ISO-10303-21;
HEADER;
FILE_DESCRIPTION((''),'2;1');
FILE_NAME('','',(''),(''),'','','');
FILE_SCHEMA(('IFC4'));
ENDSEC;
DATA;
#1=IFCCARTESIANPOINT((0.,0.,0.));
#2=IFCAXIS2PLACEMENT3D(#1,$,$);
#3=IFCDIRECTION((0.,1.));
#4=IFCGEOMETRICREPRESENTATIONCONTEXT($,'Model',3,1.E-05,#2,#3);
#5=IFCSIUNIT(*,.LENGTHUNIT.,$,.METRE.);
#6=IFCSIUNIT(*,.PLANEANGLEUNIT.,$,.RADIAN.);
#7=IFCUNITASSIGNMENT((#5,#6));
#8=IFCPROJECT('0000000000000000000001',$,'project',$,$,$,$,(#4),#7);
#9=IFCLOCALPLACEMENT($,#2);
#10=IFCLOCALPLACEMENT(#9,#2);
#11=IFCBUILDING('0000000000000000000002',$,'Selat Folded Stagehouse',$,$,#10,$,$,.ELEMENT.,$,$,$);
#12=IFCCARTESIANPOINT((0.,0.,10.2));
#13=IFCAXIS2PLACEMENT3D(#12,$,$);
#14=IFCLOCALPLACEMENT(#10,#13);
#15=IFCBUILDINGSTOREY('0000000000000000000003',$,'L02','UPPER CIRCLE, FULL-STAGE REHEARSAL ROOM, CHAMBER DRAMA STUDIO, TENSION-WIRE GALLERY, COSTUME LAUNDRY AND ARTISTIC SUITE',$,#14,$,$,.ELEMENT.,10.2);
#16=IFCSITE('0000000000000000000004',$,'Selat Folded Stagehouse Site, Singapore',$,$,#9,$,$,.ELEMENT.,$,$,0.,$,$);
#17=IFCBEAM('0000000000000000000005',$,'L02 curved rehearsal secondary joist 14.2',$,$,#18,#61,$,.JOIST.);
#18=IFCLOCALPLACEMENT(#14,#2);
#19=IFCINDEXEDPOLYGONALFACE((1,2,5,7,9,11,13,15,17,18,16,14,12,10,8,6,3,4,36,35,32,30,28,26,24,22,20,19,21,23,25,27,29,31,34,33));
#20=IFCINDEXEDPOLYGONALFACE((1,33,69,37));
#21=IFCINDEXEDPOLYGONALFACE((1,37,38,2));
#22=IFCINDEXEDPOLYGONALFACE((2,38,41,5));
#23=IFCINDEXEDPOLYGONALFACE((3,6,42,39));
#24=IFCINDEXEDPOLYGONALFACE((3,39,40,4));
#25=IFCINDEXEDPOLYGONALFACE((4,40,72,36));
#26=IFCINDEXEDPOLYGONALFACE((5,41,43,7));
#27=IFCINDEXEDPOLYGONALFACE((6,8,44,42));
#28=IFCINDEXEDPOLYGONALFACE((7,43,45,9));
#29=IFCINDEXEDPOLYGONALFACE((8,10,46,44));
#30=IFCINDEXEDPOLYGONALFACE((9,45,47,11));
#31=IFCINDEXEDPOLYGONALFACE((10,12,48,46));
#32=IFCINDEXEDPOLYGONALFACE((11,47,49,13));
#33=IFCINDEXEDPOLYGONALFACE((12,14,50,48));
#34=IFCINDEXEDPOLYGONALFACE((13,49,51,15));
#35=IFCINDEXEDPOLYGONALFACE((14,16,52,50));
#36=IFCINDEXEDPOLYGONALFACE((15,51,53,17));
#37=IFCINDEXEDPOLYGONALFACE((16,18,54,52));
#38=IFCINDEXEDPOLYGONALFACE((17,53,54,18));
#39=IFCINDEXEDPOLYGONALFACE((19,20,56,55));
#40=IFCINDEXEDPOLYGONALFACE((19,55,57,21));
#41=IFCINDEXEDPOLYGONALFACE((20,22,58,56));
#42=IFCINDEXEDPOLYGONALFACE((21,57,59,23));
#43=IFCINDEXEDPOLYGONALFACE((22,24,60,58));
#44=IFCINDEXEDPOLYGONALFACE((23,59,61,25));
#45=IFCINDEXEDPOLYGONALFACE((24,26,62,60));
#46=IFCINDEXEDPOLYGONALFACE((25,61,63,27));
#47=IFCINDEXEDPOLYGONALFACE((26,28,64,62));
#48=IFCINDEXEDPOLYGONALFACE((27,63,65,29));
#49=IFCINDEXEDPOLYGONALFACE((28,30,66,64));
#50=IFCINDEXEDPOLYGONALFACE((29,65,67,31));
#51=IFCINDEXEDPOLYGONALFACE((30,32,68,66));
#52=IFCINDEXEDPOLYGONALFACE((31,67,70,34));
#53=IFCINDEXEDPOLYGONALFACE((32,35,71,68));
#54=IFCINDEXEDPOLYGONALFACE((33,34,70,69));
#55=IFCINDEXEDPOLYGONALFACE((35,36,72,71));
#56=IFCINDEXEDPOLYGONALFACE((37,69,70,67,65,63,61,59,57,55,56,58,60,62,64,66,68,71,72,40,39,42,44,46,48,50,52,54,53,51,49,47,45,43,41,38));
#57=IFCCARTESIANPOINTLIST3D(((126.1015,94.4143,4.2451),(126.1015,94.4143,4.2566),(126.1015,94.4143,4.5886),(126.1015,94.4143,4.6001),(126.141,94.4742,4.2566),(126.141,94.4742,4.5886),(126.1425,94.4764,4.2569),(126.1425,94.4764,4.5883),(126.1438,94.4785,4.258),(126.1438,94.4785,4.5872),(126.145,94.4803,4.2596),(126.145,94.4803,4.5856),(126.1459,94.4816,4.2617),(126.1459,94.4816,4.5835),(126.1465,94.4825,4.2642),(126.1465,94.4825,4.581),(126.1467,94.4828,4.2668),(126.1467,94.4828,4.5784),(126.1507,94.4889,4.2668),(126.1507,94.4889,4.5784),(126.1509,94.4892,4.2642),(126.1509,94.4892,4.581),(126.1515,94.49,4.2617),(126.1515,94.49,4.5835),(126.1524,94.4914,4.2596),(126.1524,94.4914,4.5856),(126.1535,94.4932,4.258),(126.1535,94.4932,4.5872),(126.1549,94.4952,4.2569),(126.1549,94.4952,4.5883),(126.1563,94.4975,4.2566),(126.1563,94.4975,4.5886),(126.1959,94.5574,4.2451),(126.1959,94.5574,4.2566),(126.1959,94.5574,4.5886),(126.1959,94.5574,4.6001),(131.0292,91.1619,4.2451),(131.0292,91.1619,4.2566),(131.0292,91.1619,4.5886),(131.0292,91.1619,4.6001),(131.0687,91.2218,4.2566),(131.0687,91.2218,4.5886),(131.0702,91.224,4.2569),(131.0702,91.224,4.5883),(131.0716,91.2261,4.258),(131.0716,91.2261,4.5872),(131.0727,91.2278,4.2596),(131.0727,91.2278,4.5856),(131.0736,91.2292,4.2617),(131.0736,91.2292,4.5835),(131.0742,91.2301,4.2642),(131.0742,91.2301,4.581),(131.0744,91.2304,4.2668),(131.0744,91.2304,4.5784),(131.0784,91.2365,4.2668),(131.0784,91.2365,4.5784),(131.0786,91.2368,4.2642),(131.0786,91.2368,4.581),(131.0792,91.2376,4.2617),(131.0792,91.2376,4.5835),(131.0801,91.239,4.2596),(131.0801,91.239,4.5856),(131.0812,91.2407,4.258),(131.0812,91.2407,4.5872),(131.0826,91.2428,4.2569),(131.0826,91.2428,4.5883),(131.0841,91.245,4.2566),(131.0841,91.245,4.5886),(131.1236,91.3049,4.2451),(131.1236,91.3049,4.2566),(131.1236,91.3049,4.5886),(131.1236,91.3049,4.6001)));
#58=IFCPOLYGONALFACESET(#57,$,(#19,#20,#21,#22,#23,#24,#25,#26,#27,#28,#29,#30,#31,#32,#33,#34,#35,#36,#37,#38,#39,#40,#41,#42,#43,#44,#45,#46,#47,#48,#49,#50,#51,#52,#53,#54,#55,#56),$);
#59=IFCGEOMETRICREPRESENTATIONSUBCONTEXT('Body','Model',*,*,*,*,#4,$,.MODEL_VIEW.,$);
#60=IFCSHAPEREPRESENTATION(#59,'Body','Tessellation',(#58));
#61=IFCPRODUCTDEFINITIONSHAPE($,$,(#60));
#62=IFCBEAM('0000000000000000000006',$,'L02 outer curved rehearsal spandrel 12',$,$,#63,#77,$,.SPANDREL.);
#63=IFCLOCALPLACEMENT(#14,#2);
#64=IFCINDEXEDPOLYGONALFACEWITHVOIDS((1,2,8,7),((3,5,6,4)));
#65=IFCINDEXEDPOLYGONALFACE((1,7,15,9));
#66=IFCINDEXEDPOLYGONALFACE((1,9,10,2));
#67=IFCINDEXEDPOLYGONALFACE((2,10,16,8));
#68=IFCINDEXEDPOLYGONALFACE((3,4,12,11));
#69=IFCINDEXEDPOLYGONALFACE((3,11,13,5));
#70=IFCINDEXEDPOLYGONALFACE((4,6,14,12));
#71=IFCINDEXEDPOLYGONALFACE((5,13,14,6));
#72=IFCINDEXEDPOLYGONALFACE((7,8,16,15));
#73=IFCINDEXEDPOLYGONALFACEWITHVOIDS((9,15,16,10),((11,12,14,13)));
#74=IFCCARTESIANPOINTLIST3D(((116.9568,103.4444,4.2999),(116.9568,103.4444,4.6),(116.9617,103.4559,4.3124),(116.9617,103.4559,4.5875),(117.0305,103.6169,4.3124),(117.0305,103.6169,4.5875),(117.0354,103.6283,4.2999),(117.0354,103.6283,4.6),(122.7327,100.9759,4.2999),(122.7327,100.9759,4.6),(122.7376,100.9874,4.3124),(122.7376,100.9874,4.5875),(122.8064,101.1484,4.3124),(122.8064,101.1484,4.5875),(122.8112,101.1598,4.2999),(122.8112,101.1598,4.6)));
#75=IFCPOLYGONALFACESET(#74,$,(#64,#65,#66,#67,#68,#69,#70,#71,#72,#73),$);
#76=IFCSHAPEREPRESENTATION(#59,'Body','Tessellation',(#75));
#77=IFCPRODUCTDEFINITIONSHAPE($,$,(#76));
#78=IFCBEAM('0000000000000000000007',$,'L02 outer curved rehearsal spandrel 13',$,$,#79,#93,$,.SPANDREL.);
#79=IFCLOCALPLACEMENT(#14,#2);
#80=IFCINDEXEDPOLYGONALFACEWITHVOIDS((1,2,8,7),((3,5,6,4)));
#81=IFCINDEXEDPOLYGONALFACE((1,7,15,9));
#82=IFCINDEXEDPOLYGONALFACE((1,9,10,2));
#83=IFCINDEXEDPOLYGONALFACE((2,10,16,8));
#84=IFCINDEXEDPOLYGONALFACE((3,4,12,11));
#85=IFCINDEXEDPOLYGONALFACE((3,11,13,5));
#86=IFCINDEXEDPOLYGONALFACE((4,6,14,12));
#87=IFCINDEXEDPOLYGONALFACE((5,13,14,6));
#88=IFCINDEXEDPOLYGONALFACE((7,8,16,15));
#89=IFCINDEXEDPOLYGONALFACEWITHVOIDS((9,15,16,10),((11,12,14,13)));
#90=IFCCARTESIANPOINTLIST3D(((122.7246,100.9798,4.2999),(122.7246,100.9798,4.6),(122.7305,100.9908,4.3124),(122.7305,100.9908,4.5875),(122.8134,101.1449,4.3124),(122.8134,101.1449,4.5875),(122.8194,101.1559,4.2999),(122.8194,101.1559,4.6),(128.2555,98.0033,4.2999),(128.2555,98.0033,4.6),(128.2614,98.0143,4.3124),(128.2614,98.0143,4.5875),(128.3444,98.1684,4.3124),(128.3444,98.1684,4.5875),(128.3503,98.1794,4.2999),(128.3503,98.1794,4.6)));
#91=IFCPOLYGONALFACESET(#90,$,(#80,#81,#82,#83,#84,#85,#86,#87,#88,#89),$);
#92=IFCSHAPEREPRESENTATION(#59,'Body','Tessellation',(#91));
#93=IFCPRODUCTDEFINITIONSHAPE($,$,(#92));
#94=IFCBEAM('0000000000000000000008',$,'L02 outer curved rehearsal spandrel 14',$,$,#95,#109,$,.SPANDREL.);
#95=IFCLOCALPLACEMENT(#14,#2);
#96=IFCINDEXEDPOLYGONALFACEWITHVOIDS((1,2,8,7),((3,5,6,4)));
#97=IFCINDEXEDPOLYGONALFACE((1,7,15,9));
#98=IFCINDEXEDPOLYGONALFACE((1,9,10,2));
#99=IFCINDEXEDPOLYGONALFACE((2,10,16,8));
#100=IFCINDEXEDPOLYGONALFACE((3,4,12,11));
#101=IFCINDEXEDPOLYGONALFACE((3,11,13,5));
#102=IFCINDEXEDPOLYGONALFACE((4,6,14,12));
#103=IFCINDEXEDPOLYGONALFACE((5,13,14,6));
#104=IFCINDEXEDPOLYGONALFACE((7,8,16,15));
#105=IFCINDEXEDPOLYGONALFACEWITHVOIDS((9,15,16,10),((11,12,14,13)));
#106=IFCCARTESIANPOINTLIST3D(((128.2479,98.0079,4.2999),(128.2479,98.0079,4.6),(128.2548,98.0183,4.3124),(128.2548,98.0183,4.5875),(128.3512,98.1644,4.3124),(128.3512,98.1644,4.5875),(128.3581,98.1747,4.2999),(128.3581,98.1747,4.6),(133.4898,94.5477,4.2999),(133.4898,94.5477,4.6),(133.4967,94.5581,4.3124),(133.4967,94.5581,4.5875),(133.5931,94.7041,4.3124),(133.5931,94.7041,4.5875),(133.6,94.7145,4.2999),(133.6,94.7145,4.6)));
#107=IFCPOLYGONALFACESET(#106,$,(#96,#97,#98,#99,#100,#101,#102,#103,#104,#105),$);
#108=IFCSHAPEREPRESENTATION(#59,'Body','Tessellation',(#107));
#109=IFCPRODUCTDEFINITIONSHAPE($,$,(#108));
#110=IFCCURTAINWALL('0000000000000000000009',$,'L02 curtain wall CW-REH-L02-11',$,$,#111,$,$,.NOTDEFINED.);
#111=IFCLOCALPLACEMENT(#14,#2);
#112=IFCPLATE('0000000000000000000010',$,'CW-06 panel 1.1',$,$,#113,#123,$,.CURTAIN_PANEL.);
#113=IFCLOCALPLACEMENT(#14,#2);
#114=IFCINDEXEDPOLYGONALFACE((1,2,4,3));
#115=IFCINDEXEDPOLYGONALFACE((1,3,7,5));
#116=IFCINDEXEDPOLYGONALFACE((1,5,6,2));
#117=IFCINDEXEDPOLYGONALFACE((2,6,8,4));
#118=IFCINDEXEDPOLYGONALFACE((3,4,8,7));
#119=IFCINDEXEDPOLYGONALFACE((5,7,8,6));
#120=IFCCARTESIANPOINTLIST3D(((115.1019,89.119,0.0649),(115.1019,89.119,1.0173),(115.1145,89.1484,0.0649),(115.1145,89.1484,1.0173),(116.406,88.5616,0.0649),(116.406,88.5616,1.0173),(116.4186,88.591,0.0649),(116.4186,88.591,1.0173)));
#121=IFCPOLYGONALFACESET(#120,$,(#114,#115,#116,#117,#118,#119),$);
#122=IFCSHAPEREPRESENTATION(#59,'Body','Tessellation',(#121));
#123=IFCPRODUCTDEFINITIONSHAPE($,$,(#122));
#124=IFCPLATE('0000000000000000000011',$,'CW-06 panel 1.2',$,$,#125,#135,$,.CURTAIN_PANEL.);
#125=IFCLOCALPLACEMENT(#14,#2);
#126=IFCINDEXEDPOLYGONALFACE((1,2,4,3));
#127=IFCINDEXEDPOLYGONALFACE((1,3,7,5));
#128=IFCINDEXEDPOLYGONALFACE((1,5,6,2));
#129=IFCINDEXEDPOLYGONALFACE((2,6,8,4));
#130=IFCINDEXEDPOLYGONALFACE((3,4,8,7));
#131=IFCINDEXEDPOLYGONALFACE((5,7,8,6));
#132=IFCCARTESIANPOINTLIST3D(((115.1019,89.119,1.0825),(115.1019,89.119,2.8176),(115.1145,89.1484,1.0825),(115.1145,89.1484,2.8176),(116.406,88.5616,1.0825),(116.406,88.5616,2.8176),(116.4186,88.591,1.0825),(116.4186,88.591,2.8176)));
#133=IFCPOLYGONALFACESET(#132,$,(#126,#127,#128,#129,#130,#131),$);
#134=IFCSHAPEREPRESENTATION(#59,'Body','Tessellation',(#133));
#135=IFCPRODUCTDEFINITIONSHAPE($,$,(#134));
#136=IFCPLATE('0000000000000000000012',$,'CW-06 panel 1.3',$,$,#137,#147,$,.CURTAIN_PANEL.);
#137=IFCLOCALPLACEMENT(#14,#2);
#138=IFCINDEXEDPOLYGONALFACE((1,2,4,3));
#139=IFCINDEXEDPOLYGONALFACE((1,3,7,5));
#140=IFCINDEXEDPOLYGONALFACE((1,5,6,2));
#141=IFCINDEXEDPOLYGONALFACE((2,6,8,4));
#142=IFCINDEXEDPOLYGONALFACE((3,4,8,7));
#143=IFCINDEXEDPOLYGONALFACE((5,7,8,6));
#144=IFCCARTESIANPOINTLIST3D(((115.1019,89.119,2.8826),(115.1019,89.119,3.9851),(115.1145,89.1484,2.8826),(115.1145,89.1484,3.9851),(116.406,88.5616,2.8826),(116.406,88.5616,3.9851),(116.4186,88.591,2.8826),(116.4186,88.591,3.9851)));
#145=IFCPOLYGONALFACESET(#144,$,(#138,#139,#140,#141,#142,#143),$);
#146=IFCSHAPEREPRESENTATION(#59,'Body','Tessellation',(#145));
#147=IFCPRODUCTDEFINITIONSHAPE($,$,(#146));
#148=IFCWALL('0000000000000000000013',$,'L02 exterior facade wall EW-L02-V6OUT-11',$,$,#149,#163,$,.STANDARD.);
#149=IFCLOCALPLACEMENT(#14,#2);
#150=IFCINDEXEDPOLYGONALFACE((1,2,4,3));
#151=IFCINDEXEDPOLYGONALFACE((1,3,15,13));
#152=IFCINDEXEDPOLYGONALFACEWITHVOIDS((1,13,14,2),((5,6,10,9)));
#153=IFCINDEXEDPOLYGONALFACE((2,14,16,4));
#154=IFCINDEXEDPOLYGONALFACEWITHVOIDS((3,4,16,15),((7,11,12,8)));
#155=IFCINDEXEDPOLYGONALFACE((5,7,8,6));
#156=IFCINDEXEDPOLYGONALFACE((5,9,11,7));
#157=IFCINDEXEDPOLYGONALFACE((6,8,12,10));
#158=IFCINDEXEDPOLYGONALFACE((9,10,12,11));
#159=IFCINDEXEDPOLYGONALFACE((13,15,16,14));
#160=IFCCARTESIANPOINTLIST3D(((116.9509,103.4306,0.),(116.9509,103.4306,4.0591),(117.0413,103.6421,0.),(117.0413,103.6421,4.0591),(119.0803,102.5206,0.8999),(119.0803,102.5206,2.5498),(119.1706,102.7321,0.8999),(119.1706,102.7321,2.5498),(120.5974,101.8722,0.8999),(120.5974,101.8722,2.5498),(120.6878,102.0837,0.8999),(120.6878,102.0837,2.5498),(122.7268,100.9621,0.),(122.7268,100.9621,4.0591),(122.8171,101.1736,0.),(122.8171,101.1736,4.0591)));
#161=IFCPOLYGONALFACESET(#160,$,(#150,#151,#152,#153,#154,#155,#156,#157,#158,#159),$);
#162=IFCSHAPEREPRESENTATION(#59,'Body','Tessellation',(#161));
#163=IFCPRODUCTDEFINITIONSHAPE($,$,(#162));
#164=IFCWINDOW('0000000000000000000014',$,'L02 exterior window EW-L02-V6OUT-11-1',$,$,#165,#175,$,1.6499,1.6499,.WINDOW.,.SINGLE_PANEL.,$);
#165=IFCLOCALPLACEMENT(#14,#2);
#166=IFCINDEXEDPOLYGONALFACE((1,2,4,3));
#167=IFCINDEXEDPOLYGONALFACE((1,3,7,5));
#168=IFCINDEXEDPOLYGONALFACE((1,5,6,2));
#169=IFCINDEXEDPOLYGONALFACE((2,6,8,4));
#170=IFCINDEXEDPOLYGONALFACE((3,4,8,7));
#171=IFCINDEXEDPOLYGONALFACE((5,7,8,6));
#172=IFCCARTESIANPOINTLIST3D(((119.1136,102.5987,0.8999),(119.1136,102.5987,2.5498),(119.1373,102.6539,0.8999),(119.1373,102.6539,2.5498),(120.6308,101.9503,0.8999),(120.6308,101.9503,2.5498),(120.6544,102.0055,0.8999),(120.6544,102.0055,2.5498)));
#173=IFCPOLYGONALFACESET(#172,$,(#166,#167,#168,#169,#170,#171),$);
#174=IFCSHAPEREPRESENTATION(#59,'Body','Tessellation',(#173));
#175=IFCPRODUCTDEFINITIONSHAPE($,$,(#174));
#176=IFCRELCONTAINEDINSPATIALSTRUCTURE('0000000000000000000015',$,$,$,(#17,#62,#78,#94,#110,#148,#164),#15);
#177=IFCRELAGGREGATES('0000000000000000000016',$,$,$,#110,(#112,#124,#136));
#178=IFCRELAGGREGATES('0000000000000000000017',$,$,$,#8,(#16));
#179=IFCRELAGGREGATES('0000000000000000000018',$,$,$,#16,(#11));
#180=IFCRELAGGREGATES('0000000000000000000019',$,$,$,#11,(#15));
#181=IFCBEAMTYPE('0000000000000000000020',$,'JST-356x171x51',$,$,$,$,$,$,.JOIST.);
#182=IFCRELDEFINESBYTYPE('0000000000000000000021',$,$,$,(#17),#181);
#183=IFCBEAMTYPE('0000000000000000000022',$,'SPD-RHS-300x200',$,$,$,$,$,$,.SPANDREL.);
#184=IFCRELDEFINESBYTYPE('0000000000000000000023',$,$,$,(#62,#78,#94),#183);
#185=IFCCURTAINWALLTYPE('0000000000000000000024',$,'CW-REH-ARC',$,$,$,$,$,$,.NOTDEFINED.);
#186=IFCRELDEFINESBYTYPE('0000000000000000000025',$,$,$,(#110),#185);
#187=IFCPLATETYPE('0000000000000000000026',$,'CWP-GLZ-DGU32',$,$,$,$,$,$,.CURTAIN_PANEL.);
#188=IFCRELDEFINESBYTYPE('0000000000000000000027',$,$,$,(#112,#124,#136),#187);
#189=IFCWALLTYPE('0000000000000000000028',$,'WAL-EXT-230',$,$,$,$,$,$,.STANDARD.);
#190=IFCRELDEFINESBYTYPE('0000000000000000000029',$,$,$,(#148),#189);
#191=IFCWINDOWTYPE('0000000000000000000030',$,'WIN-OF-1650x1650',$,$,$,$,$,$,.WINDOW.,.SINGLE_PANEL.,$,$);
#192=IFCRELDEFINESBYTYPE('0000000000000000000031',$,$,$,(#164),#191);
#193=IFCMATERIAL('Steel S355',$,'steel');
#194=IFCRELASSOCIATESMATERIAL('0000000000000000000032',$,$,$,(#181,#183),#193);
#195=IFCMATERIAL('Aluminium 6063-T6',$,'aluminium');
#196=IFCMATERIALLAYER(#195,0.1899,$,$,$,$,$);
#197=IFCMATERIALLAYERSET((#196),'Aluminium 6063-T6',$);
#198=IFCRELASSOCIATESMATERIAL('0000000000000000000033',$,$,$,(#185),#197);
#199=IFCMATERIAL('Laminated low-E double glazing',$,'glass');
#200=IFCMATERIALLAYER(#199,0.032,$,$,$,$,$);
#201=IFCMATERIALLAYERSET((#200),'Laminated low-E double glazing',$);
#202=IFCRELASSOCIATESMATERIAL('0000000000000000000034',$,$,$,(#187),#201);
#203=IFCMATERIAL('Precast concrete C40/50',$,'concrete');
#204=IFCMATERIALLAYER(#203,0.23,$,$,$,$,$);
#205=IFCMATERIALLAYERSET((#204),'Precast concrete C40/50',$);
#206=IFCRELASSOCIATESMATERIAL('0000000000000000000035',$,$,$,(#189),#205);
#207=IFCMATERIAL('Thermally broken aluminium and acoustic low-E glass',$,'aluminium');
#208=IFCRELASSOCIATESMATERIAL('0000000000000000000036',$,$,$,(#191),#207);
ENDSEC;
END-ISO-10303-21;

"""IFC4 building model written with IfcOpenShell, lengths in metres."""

from ifc_helpers import new_model, si_unit, direction, frame, frame_2d, origin, origin_2d, place, context, subcontext, project, spatial, rectangle, hollow_rectangle, i_section, extrude, material, layer, layer_set, material_profile, profile_set, type_object, element, fill, aggregate, save


model = new_model("IFC4")

# Units and contexts
model_context = context("Model", 3, precision=1e-05, world=origin(), true_north=direction((0.0, 1.0)))
body_context = subcontext(model_context, "Body", "Model", "MODEL_VIEW")
ifc_project = project(units=[si_unit("LENGTHUNIT", "METRE"), si_unit("PLANEANGLEUNIT", "RADIAN")], contexts=[model_context])

# Site, building, storey
site_placement = place(None, origin())
site = spatial("IfcSite", under=ifc_project, at=site_placement, Name="Selat Folded Stagehouse Site, Singapore", CompositionType="ELEMENT", RefElevation=0.0)
building_placement = place(site_placement, origin())
building = spatial("IfcBuilding", under=site, at=building_placement, Name="Selat Folded Stagehouse", CompositionType="ELEMENT")
storey_placement = place(building_placement, frame((0.0, 0.0, 10.2)))
storey = spatial("IfcBuildingStorey", under=building, at=storey_placement, Name="L02", Description="UPPER CIRCLE, FULL-STAGE REHEARSAL ROOM, CHAMBER DRAMA STUDIO, TENSION-WIRE GALLERY, COSTUME LAUNDRY AND ARTISTIC SUITE", CompositionType="ELEMENT", Elevation=10.2)

# Shared definitions
ifc_material_1 = material(Name="Steel S355", Category="steel")

# Beams
ifc_material_profile_1 = material_profile(ifc_material_1, i_section(OverallWidth=0.1714, OverallDepth=0.355, WebThickness=0.0073, FlangeThickness=0.0115, FilletRadius=0.0103, at=origin_2d()), Name="UKB 356x171x51")
ifc_profile_set_1 = profile_set([ifc_material_profile_1], Name="Steel S355")
beam_type_1 = type_object("IfcBeamType", Name="JST-356x171x51", PredefinedType="JOIST", material=ifc_profile_set_1)
beam_1_placement = place(storey_placement, frame((126.1487, 94.4858, 4.4226), z_axis=(0.834599, -0.550858, 0.0), x_axis=(0.550858, 0.834599, 0.0)))
element("IfcBeam", 1, at=beam_1_placement, inside=storey, type_object=beam_type_1, Name="L02 curved rehearsal secondary joist 14.2", PredefinedType="JOIST", context=body_context, shape_type="SweptSolid", body=[
    extrude(i_section(OverallWidth=0.1714, OverallDepth=0.355, WebThickness=0.0073, FlangeThickness=0.0115, FilletRadius=0.0103, at=origin_2d()), origin(), (0.0, 0.0, 1.0), 5.9043),
])
ifc_material_profile_2 = material_profile(ifc_material_1, hollow_rectangle(XDim=0.2, YDim=0.3, WallThickness=0.0125, at=origin_2d()), Name="RHS 300x200x12.5")
ifc_profile_set_2 = profile_set([ifc_material_profile_2], Name="Steel S355")
beam_type_2 = type_object("IfcBeamType", Name="SPD-RHS-300x200", PredefinedType="SPANDREL", material=ifc_profile_set_2)
beam_2_placement = place(storey_placement, frame((116.9961, 103.5364, 4.45), z_axis=(0.919541, -0.392995, 0.0), x_axis=(0.392995, 0.919541, 0.0)))
element("IfcBeam", 2, at=beam_2_placement, inside=storey, type_object=beam_type_2, Name="L02 outer curved rehearsal spandrel 12", PredefinedType="SPANDREL", context=body_context, shape_type="SweptSolid", body=[
    extrude(hollow_rectangle(XDim=0.2, YDim=0.3, WallThickness=0.0125, at=origin_2d()), origin(), (0.0, 0.0, 1.0), 6.2812),
])
for number, where, z_axis, x_axis, name in (
    (3, (122.772, 101.0679, 4.45), (0.880582, -0.473894, 0.0), (0.473894, 0.880582, 0.0), "L02 outer curved rehearsal spandrel 13"),
    (4, (128.303, 98.0913, 4.45), (0.834571, -0.5509, 0.0), (0.5509, 0.834571, 0.0), "L02 outer curved rehearsal spandrel 14"),
):
    element("IfcBeam", number, at=place(storey_placement, frame(where, z_axis=z_axis, x_axis=x_axis)), inside=storey, type_object=beam_type_2, Name=name, PredefinedType="SPANDREL", context=body_context, shape_type="SweptSolid", body=[
        extrude(hollow_rectangle(XDim=0.2, YDim=0.3, WallThickness=0.0125, at=origin_2d()), origin(), (0.0, 0.0, 1.0), 6.281),
    ])

# Curtain wall, plates
ifc_material_2 = material(Name="Aluminium 6063-T6", Category="aluminium")
ifc_layer_1 = layer(ifc_material_2, 0.1899)
ifc_layer_set_1 = layer_set([ifc_layer_1], Name="Aluminium 6063-T6")
curtain_wall_type = type_object("IfcCurtainWallType", Name="CW-REH-ARC", PredefinedType="NOTDEFINED", material=ifc_layer_set_1)
curtain_wall_placement = place(storey_placement, origin())
curtain_wall = element("IfcCurtainWall", 5, at=curtain_wall_placement, inside=storey, type_object=curtain_wall_type, Name="L02 curtain wall CW-REH-L02-11", PredefinedType="NOTDEFINED")
ifc_material_3 = material(Name="Laminated low-E double glazing", Category="glass")
ifc_layer_2 = layer(ifc_material_3, 0.032)
ifc_layer_set_2 = layer_set([ifc_layer_2], Name="Laminated low-E double glazing")
plate_type = type_object("IfcPlateType", Name="CWP-GLZ-DGU32", PredefinedType="CURTAIN_PANEL", material=ifc_layer_set_2)
plate_1_placement = place(storey_placement, frame((115.7603, 88.855, 0.0649), z_axis=(0.0, 0.0, 1.0), x_axis=(-0.919533, 0.393012, 0.0)))
plate_1 = element("IfcPlate", 6, at=plate_1_placement, type_object=plate_type, Name="CW-06 panel 1.1", PredefinedType="CURTAIN_PANEL", context=body_context, shape_type="SweptSolid", body=[
    extrude(rectangle(XDim=1.4182, YDim=0.032, at=origin_2d()), origin(), (0.0, 0.0, 1.0), 0.9524),
])
plate_2_placement = place(storey_placement, frame((115.7603, 88.855, 1.0825), z_axis=(0.0, 0.0, 1.0), x_axis=(-0.919533, 0.393012, 0.0)))
plate_2 = element("IfcPlate", 7, at=plate_2_placement, type_object=plate_type, Name="CW-06 panel 1.2", PredefinedType="CURTAIN_PANEL", context=body_context, shape_type="SweptSolid", body=[
    extrude(rectangle(XDim=1.4182, YDim=0.032, at=origin_2d()), origin(), (0.0, 0.0, 1.0), 1.7351),
])
plate_3_placement = place(storey_placement, frame((115.7603, 88.855, 2.8826), z_axis=(0.0, 0.0, 1.0), x_axis=(-0.919533, 0.393012, 0.0)))
plate_3 = element("IfcPlate", 8, at=plate_3_placement, type_object=plate_type, Name="CW-06 panel 1.3", PredefinedType="CURTAIN_PANEL", context=body_context, shape_type="SweptSolid", body=[
    extrude(rectangle(XDim=1.4182, YDim=0.032, at=origin_2d()), origin(), (0.0, 0.0, 1.0), 1.1025),
])
aggregate(curtain_wall, [plate_1, plate_2, plate_3])

# Wall, opening, window
ifc_material_4 = material(Name="Precast concrete C40/50", Category="concrete")
ifc_layer_3 = layer(ifc_material_4, 0.23)
ifc_layer_set_3 = layer_set([ifc_layer_3], Name="Precast concrete C40/50")
wall_type_1 = type_object("IfcWallType", Name="WAL-EXT-230", PredefinedType="STANDARD", material=ifc_layer_set_3)
wall_1_placement = place(storey_placement, frame((116.9961, 103.5364, 0.0), z_axis=(0.0, 0.0, 1.0), x_axis=(0.919541, -0.392995, 0.0)))
wall_1 = element("IfcWall", 9, at=wall_1_placement, inside=storey, type_object=wall_type_1, Name="L02 exterior facade wall EW-L02-V6OUT-11", PredefinedType="STANDARD", context=body_context, shape_type="SweptSolid", body=[
    extrude(rectangle(XDim=6.2812, YDim=0.23, at=frame_2d((3.1406, 0.0))), origin(), (0.0, 0.0, 1.0), 4.0591),
])
opening_1_placement = place(wall_1_placement, frame((2.3157, 0.0, 0.8999)))
opening_1 = element("IfcOpeningElement", 10, at=opening_1_placement, cuts=wall_1, PredefinedType="OPENING", context=body_context, shape_type="SweptSolid", body=[
    extrude(rectangle(XDim=1.6499, YDim=1.6499, at=frame_2d((0.825, 0.825))), frame((0.0, 0.125, 0.0), z_axis=(0.0, -1.0, 0.0), x_axis=(1.0, 0.0, 0.0)), (0.0, 0.0, 1.0), 0.25),
])
ifc_material_5 = material(Name="Thermally broken aluminium and acoustic low-E glass", Category="aluminium")
window_type_1 = type_object("IfcWindowType", Name="WIN-OF-1650x1650", PartitioningType="SINGLE_PANEL", PredefinedType="WINDOW", material=ifc_material_5)
window_1_placement = place(opening_1_placement, origin())
window_1 = element("IfcWindow", 11, at=window_1_placement, inside=storey, type_object=window_type_1, Name="L02 exterior window EW-L02-V6OUT-11-1", OverallHeight=1.6499, OverallWidth=1.6499, PartitioningType="SINGLE_PANEL", PredefinedType="WINDOW", context=body_context, shape_type="SweptSolid", body=[
    extrude(rectangle(XDim=1.6499, YDim=1.6499, at=frame_2d((0.825, 0.825))), frame((0.0, 0.03, 0.0), z_axis=(0.0, -1.0, 0.0), x_axis=(1.0, 0.0, 0.0)), (0.0, 0.0, 1.0), 0.0601),
])
fill(opening_1, window_1)

save(model, "model.ifc")
